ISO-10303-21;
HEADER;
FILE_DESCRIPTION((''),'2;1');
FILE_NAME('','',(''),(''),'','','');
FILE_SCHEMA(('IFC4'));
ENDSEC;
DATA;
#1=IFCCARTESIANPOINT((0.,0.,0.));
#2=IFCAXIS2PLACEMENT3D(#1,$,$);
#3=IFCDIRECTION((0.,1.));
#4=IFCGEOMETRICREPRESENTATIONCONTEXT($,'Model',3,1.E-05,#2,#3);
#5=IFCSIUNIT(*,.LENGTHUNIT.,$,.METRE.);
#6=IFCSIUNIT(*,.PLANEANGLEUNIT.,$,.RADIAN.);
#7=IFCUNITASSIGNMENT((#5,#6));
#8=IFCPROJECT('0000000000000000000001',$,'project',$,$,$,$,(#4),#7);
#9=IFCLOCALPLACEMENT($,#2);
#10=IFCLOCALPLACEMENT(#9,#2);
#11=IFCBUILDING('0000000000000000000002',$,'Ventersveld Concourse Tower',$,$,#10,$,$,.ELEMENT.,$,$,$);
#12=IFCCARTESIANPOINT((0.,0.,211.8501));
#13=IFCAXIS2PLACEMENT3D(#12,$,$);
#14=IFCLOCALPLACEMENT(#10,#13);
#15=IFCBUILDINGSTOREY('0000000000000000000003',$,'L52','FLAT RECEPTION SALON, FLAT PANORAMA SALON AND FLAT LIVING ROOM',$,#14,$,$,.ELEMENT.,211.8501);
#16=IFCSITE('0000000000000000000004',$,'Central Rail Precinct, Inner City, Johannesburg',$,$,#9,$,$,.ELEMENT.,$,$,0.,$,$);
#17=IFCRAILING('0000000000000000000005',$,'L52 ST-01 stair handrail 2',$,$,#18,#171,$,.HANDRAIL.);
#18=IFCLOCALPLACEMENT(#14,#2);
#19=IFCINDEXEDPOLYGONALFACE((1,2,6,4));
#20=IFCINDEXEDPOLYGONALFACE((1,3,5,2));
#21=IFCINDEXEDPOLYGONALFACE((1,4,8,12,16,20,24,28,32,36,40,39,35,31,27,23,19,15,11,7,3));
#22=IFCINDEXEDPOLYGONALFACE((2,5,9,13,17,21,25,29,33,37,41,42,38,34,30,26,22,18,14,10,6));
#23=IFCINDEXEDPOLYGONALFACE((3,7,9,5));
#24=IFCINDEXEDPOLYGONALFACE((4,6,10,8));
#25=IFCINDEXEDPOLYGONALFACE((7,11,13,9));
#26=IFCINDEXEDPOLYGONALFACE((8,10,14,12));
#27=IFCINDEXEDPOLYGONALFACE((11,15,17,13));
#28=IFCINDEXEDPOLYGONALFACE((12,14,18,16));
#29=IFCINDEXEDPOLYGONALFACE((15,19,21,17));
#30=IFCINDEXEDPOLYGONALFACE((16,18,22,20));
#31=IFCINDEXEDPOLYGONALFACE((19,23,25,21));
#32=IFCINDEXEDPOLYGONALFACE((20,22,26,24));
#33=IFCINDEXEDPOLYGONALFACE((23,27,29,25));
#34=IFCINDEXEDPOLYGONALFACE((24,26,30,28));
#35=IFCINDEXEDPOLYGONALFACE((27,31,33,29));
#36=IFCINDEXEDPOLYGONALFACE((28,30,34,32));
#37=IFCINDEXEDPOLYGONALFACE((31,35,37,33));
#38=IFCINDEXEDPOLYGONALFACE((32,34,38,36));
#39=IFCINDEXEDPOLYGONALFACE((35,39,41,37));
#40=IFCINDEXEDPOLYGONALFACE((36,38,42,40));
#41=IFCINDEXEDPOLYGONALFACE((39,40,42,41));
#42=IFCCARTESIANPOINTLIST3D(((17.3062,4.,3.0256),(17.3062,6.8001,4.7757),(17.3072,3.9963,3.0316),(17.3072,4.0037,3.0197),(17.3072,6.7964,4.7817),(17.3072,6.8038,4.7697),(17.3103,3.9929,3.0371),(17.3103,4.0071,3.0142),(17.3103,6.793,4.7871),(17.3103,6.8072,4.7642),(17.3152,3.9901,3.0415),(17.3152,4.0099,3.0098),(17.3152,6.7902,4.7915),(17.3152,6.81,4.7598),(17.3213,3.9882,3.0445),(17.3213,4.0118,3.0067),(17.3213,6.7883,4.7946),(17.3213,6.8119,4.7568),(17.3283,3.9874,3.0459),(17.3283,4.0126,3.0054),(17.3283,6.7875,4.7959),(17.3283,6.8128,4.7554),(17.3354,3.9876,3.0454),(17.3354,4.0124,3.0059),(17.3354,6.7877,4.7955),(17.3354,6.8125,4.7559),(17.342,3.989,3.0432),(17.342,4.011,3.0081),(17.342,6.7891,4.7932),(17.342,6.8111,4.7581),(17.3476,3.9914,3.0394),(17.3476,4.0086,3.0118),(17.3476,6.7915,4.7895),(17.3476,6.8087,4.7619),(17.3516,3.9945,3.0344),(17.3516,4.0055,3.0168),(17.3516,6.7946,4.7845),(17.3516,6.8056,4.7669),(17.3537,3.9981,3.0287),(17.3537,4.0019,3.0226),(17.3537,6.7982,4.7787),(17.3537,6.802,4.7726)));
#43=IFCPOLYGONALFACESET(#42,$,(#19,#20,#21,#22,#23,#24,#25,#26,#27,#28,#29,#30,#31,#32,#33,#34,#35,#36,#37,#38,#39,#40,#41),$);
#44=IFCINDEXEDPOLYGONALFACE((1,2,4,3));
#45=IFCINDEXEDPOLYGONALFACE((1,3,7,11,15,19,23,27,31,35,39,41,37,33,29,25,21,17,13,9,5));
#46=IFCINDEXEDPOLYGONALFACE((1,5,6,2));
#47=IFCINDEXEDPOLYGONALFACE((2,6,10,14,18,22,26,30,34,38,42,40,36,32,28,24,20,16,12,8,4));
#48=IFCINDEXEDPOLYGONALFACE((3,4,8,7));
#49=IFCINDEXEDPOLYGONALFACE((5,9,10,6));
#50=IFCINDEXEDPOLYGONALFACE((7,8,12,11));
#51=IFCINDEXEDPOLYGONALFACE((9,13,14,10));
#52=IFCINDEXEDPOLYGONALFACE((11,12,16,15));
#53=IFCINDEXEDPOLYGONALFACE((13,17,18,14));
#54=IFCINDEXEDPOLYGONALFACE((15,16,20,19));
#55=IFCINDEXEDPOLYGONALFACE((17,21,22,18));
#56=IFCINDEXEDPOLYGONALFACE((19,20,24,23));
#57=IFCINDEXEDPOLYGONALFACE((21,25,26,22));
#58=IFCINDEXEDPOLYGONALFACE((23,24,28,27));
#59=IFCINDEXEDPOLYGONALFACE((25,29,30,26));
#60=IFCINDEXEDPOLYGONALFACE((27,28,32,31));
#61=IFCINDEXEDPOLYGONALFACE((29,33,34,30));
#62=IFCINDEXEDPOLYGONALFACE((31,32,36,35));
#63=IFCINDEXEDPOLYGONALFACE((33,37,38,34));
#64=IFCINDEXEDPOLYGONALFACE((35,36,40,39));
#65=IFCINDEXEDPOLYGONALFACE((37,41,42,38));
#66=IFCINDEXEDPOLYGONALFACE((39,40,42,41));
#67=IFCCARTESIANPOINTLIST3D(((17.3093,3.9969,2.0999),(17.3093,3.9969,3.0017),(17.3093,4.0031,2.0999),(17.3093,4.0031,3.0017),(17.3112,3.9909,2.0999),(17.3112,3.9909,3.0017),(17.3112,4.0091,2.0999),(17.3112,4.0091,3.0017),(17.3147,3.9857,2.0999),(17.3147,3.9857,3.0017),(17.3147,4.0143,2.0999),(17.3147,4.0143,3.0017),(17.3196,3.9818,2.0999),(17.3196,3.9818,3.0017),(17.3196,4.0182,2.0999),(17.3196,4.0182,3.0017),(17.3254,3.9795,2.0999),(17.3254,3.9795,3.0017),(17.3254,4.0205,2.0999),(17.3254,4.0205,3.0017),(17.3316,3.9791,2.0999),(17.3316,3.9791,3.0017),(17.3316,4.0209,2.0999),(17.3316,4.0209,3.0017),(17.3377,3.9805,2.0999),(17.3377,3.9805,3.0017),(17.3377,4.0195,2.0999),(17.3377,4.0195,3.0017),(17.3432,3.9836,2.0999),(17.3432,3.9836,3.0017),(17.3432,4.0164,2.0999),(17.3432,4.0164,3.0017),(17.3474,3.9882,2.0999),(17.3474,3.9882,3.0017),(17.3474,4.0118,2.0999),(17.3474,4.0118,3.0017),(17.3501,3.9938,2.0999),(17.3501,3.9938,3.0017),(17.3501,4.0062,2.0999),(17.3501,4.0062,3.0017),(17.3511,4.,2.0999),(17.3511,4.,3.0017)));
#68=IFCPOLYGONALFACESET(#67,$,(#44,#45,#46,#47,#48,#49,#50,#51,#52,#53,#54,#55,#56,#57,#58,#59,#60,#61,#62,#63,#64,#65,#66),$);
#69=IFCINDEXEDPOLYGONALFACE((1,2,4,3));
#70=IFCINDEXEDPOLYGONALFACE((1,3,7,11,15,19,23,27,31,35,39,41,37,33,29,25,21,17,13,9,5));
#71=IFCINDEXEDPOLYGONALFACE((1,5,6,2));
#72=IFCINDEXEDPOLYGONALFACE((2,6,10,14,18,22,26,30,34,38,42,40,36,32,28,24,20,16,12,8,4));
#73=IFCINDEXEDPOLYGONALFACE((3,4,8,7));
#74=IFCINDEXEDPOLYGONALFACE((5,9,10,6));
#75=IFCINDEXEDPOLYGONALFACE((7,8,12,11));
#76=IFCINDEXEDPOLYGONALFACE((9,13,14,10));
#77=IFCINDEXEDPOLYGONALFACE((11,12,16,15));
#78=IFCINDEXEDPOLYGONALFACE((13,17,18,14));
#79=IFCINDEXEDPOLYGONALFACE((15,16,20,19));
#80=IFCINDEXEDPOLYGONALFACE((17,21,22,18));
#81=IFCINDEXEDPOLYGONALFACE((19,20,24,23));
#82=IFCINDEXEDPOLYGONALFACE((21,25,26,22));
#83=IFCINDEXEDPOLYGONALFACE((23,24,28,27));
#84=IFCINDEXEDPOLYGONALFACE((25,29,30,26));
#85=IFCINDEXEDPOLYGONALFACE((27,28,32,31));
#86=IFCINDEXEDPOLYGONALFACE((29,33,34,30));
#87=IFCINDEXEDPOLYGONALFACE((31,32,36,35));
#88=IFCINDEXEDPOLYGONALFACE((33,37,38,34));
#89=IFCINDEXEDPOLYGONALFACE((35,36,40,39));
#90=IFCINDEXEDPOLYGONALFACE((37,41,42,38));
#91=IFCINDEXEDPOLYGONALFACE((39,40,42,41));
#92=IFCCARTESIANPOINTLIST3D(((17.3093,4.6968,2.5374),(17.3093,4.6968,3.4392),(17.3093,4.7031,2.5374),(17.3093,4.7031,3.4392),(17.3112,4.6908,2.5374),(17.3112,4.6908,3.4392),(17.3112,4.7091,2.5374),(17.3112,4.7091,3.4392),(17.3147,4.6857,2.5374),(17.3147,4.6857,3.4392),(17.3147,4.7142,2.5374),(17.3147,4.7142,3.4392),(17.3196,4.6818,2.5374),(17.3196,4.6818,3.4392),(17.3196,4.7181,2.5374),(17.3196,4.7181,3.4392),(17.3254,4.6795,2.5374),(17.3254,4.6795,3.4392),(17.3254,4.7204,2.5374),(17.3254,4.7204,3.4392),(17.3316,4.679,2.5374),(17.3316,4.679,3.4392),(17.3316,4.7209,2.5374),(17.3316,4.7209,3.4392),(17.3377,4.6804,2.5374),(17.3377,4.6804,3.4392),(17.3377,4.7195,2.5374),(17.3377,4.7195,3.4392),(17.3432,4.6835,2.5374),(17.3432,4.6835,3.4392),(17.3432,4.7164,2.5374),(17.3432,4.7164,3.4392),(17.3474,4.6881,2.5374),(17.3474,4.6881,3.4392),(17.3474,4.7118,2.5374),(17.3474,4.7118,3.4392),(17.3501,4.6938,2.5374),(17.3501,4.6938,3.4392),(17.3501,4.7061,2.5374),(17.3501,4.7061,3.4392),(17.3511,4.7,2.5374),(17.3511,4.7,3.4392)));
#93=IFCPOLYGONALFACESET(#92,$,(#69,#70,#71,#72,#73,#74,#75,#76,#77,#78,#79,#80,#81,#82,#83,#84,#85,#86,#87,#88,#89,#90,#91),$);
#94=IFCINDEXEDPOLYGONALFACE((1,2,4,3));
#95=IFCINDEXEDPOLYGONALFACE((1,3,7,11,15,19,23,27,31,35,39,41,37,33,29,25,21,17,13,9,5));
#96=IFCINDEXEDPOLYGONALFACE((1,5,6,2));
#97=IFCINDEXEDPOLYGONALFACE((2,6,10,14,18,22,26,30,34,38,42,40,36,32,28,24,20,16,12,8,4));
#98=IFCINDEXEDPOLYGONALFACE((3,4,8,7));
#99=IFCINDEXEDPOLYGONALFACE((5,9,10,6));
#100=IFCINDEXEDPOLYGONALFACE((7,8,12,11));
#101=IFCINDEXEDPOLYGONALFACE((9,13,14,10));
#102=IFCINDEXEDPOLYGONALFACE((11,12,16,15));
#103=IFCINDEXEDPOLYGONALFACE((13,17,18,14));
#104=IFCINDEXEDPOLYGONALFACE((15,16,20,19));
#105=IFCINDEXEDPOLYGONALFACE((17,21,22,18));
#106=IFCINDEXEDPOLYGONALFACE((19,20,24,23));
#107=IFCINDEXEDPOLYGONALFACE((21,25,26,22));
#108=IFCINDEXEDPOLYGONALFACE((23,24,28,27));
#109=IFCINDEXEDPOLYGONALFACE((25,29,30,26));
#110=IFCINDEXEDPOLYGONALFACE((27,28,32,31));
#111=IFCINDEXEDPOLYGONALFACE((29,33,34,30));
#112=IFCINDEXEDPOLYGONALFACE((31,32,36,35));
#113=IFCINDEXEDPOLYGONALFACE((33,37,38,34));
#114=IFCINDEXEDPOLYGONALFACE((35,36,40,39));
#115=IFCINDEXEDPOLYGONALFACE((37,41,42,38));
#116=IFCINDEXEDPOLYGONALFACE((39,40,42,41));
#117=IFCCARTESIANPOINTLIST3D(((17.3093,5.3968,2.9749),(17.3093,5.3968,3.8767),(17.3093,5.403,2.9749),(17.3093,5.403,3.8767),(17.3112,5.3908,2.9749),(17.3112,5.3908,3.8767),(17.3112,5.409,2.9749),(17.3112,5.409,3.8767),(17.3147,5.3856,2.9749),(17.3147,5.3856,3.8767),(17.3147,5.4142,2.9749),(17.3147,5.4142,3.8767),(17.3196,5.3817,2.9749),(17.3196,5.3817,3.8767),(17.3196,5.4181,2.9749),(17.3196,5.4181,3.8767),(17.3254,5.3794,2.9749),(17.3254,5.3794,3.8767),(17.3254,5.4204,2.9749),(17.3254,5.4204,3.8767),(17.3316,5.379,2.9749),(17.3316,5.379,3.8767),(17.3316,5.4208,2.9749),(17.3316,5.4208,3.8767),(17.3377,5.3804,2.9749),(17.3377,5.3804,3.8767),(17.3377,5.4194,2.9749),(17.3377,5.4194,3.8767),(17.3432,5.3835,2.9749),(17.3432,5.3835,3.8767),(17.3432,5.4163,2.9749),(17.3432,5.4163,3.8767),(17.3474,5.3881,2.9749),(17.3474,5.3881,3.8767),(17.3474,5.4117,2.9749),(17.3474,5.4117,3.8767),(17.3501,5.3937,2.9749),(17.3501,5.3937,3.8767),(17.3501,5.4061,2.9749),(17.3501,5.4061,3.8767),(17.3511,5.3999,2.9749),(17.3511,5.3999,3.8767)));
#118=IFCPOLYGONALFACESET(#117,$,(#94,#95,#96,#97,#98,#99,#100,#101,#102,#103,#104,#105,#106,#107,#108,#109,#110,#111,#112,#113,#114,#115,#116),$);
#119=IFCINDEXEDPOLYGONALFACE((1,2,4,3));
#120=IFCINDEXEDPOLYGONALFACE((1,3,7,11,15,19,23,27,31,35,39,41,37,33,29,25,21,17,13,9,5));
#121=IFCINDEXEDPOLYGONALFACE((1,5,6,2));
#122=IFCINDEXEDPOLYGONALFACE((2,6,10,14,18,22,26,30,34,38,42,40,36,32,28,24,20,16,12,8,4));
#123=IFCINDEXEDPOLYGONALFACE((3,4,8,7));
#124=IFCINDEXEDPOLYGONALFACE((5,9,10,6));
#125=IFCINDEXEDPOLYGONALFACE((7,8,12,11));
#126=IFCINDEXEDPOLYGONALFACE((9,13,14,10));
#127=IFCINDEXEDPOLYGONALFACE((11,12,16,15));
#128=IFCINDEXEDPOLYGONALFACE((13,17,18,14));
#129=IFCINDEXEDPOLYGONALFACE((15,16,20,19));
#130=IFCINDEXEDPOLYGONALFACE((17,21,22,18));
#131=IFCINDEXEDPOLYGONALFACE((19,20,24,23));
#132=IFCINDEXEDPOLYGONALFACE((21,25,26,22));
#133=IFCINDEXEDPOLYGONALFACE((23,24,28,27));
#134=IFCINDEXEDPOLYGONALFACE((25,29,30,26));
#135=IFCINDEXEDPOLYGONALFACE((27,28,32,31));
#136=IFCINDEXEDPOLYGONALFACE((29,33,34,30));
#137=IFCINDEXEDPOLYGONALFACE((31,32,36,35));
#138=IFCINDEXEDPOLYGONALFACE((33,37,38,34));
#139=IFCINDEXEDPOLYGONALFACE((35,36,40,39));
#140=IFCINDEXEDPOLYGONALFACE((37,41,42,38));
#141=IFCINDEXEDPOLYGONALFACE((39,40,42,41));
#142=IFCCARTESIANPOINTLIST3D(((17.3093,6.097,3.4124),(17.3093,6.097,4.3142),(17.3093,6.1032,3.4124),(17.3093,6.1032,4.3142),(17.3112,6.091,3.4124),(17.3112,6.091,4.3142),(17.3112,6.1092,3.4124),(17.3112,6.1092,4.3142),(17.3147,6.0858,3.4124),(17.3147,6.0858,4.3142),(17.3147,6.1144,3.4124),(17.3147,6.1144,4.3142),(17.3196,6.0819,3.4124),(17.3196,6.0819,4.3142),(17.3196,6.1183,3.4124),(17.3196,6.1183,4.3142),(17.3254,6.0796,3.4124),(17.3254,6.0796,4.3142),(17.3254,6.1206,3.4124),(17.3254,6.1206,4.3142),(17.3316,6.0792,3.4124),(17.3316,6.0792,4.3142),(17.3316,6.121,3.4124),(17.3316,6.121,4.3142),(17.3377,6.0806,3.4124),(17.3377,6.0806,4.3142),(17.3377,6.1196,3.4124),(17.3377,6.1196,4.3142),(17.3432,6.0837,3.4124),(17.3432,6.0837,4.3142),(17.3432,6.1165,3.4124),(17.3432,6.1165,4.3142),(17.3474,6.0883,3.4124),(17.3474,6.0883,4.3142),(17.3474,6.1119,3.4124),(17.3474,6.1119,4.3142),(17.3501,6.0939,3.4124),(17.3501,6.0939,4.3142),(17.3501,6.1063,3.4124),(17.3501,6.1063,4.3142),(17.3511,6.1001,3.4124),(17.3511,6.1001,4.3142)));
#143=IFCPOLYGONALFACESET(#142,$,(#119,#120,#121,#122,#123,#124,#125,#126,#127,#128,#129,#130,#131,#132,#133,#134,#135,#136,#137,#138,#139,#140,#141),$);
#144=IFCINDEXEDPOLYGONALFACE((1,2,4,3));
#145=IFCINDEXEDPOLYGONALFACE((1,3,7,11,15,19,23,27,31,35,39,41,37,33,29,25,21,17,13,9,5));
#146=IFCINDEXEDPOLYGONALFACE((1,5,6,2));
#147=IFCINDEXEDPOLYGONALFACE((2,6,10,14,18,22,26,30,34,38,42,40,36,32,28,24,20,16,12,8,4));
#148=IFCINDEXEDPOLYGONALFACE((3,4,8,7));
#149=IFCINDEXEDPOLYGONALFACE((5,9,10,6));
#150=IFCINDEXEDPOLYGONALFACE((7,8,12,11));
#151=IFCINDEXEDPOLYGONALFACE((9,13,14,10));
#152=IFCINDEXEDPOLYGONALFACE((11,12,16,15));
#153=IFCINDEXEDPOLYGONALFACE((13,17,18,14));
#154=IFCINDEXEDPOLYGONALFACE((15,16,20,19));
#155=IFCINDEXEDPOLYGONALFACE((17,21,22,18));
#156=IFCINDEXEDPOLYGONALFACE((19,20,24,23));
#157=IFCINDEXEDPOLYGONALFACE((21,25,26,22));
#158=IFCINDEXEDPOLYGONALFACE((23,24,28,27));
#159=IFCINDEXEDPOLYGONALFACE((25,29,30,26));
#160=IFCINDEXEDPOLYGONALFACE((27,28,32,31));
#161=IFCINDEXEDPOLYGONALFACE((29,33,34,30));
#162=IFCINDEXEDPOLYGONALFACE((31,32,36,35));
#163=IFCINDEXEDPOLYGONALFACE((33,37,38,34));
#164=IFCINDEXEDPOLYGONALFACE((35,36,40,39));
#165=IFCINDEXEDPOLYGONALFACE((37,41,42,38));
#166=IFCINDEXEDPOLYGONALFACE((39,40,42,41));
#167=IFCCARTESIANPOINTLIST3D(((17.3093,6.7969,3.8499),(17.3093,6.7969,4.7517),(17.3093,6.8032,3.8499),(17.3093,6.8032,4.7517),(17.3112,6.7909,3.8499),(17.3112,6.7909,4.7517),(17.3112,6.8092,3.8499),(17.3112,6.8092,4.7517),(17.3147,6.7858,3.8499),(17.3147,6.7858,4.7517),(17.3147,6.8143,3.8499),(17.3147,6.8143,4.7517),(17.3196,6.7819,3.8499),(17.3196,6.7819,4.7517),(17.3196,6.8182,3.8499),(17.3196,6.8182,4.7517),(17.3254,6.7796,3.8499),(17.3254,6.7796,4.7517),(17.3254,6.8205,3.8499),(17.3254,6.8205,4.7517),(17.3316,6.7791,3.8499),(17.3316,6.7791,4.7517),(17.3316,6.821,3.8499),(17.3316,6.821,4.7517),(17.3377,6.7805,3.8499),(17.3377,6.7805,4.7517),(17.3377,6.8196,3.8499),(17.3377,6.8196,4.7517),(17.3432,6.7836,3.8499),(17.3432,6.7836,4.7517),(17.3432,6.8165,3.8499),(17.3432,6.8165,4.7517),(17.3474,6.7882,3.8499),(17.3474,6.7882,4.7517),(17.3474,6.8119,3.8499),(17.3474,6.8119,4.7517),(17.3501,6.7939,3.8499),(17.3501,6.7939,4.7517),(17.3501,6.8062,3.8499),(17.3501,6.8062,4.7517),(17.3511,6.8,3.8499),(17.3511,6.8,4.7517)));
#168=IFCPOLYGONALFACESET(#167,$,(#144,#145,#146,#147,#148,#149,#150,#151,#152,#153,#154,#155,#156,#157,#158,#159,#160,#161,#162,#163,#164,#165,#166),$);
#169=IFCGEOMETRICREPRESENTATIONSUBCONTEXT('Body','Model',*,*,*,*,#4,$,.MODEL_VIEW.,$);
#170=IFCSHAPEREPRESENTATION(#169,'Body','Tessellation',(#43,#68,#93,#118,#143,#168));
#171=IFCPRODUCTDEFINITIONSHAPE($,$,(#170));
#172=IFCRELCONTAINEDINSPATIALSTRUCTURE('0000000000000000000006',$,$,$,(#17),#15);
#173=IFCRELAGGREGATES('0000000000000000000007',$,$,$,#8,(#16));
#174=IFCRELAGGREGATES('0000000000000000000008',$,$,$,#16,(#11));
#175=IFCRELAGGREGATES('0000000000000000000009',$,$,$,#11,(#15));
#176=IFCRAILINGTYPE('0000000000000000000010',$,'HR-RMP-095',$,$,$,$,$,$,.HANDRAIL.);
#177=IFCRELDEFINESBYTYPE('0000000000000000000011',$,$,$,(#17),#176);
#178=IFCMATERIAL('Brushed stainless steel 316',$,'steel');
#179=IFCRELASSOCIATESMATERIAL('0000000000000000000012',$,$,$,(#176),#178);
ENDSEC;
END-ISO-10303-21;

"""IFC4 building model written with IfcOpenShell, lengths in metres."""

from ifc_helpers import new_model, si_unit, direction, frame, origin, origin_2d, place, context, subcontext, project, spatial, circle, extrude, material, type_object, element, save


model = new_model("IFC4")

# Units and contexts
model_context = context("Model", 3, precision=1e-05, world=origin(), true_north=direction((0.0, 1.0)))
body_context = subcontext(model_context, "Body", "Model", "MODEL_VIEW")
ifc_project = project(units=[si_unit("LENGTHUNIT", "METRE"), si_unit("PLANEANGLEUNIT", "RADIAN")], contexts=[model_context])

# Site, building, storey
site_placement = place(None, origin())
site = spatial("IfcSite", under=ifc_project, at=site_placement, Name="Central Rail Precinct, Inner City, Johannesburg", CompositionType="ELEMENT", RefElevation=0.0)
building_placement = place(site_placement, origin())
building = spatial("IfcBuilding", under=site, at=building_placement, Name="Ventersveld Concourse Tower", CompositionType="ELEMENT")
storey_placement = place(building_placement, frame((0.0, 0.0, 211.8501)))
storey = spatial("IfcBuildingStorey", under=building, at=storey_placement, Name="L52", Description="FLAT RECEPTION SALON, FLAT PANORAMA SALON AND FLAT LIVING ROOM", CompositionType="ELEMENT", Elevation=211.8501)

# Shared definitions
ifc_material_1 = material(Name="Brushed stainless steel 316", Category="steel")

# Railing
railing_type_1 = type_object("IfcRailingType", Name="HR-RMP-095", PredefinedType="HANDRAIL", material=ifc_material_1)
railing_1_placement = place(storey_placement, frame((17.3301, 4.0, 2.0999)))
element("IfcRailing", 1, at=railing_1_placement, inside=storey, type_object=railing_type_1, Name="L52 ST-01 stair handrail 2", PredefinedType="HANDRAIL", context=body_context, shape_type="SweptSolid", body=[
    extrude(circle(Radius=0.0239, at=origin_2d()), frame((0.0, 0.0, 0.9258), z_axis=(0.0, 0.848002, 0.529992), x_axis=(-1.0, 0.0, 0.0)), (0.0, 0.0, 1.0), 3.302),
    extrude(circle(Radius=0.021, at=origin_2d()), origin(), (0.0, 0.0, 1.0), 0.9019),
    extrude(circle(Radius=0.021, at=origin_2d()), frame((0.0, 0.7, 0.4375)), (0.0, 0.0, 1.0), 0.9019),
    extrude(circle(Radius=0.021, at=origin_2d()), frame((0.0, 1.3999, 0.875)), (0.0, 0.0, 1.0), 0.9019),
    extrude(circle(Radius=0.021, at=origin_2d()), frame((0.0, 2.1001, 1.3125)), (0.0, 0.0, 1.0), 0.9019),
    extrude(circle(Radius=0.021, at=origin_2d()), frame((0.0, 2.8, 1.75)), (0.0, 0.0, 1.0), 0.9019),
])

save(model, "model.ifc")
